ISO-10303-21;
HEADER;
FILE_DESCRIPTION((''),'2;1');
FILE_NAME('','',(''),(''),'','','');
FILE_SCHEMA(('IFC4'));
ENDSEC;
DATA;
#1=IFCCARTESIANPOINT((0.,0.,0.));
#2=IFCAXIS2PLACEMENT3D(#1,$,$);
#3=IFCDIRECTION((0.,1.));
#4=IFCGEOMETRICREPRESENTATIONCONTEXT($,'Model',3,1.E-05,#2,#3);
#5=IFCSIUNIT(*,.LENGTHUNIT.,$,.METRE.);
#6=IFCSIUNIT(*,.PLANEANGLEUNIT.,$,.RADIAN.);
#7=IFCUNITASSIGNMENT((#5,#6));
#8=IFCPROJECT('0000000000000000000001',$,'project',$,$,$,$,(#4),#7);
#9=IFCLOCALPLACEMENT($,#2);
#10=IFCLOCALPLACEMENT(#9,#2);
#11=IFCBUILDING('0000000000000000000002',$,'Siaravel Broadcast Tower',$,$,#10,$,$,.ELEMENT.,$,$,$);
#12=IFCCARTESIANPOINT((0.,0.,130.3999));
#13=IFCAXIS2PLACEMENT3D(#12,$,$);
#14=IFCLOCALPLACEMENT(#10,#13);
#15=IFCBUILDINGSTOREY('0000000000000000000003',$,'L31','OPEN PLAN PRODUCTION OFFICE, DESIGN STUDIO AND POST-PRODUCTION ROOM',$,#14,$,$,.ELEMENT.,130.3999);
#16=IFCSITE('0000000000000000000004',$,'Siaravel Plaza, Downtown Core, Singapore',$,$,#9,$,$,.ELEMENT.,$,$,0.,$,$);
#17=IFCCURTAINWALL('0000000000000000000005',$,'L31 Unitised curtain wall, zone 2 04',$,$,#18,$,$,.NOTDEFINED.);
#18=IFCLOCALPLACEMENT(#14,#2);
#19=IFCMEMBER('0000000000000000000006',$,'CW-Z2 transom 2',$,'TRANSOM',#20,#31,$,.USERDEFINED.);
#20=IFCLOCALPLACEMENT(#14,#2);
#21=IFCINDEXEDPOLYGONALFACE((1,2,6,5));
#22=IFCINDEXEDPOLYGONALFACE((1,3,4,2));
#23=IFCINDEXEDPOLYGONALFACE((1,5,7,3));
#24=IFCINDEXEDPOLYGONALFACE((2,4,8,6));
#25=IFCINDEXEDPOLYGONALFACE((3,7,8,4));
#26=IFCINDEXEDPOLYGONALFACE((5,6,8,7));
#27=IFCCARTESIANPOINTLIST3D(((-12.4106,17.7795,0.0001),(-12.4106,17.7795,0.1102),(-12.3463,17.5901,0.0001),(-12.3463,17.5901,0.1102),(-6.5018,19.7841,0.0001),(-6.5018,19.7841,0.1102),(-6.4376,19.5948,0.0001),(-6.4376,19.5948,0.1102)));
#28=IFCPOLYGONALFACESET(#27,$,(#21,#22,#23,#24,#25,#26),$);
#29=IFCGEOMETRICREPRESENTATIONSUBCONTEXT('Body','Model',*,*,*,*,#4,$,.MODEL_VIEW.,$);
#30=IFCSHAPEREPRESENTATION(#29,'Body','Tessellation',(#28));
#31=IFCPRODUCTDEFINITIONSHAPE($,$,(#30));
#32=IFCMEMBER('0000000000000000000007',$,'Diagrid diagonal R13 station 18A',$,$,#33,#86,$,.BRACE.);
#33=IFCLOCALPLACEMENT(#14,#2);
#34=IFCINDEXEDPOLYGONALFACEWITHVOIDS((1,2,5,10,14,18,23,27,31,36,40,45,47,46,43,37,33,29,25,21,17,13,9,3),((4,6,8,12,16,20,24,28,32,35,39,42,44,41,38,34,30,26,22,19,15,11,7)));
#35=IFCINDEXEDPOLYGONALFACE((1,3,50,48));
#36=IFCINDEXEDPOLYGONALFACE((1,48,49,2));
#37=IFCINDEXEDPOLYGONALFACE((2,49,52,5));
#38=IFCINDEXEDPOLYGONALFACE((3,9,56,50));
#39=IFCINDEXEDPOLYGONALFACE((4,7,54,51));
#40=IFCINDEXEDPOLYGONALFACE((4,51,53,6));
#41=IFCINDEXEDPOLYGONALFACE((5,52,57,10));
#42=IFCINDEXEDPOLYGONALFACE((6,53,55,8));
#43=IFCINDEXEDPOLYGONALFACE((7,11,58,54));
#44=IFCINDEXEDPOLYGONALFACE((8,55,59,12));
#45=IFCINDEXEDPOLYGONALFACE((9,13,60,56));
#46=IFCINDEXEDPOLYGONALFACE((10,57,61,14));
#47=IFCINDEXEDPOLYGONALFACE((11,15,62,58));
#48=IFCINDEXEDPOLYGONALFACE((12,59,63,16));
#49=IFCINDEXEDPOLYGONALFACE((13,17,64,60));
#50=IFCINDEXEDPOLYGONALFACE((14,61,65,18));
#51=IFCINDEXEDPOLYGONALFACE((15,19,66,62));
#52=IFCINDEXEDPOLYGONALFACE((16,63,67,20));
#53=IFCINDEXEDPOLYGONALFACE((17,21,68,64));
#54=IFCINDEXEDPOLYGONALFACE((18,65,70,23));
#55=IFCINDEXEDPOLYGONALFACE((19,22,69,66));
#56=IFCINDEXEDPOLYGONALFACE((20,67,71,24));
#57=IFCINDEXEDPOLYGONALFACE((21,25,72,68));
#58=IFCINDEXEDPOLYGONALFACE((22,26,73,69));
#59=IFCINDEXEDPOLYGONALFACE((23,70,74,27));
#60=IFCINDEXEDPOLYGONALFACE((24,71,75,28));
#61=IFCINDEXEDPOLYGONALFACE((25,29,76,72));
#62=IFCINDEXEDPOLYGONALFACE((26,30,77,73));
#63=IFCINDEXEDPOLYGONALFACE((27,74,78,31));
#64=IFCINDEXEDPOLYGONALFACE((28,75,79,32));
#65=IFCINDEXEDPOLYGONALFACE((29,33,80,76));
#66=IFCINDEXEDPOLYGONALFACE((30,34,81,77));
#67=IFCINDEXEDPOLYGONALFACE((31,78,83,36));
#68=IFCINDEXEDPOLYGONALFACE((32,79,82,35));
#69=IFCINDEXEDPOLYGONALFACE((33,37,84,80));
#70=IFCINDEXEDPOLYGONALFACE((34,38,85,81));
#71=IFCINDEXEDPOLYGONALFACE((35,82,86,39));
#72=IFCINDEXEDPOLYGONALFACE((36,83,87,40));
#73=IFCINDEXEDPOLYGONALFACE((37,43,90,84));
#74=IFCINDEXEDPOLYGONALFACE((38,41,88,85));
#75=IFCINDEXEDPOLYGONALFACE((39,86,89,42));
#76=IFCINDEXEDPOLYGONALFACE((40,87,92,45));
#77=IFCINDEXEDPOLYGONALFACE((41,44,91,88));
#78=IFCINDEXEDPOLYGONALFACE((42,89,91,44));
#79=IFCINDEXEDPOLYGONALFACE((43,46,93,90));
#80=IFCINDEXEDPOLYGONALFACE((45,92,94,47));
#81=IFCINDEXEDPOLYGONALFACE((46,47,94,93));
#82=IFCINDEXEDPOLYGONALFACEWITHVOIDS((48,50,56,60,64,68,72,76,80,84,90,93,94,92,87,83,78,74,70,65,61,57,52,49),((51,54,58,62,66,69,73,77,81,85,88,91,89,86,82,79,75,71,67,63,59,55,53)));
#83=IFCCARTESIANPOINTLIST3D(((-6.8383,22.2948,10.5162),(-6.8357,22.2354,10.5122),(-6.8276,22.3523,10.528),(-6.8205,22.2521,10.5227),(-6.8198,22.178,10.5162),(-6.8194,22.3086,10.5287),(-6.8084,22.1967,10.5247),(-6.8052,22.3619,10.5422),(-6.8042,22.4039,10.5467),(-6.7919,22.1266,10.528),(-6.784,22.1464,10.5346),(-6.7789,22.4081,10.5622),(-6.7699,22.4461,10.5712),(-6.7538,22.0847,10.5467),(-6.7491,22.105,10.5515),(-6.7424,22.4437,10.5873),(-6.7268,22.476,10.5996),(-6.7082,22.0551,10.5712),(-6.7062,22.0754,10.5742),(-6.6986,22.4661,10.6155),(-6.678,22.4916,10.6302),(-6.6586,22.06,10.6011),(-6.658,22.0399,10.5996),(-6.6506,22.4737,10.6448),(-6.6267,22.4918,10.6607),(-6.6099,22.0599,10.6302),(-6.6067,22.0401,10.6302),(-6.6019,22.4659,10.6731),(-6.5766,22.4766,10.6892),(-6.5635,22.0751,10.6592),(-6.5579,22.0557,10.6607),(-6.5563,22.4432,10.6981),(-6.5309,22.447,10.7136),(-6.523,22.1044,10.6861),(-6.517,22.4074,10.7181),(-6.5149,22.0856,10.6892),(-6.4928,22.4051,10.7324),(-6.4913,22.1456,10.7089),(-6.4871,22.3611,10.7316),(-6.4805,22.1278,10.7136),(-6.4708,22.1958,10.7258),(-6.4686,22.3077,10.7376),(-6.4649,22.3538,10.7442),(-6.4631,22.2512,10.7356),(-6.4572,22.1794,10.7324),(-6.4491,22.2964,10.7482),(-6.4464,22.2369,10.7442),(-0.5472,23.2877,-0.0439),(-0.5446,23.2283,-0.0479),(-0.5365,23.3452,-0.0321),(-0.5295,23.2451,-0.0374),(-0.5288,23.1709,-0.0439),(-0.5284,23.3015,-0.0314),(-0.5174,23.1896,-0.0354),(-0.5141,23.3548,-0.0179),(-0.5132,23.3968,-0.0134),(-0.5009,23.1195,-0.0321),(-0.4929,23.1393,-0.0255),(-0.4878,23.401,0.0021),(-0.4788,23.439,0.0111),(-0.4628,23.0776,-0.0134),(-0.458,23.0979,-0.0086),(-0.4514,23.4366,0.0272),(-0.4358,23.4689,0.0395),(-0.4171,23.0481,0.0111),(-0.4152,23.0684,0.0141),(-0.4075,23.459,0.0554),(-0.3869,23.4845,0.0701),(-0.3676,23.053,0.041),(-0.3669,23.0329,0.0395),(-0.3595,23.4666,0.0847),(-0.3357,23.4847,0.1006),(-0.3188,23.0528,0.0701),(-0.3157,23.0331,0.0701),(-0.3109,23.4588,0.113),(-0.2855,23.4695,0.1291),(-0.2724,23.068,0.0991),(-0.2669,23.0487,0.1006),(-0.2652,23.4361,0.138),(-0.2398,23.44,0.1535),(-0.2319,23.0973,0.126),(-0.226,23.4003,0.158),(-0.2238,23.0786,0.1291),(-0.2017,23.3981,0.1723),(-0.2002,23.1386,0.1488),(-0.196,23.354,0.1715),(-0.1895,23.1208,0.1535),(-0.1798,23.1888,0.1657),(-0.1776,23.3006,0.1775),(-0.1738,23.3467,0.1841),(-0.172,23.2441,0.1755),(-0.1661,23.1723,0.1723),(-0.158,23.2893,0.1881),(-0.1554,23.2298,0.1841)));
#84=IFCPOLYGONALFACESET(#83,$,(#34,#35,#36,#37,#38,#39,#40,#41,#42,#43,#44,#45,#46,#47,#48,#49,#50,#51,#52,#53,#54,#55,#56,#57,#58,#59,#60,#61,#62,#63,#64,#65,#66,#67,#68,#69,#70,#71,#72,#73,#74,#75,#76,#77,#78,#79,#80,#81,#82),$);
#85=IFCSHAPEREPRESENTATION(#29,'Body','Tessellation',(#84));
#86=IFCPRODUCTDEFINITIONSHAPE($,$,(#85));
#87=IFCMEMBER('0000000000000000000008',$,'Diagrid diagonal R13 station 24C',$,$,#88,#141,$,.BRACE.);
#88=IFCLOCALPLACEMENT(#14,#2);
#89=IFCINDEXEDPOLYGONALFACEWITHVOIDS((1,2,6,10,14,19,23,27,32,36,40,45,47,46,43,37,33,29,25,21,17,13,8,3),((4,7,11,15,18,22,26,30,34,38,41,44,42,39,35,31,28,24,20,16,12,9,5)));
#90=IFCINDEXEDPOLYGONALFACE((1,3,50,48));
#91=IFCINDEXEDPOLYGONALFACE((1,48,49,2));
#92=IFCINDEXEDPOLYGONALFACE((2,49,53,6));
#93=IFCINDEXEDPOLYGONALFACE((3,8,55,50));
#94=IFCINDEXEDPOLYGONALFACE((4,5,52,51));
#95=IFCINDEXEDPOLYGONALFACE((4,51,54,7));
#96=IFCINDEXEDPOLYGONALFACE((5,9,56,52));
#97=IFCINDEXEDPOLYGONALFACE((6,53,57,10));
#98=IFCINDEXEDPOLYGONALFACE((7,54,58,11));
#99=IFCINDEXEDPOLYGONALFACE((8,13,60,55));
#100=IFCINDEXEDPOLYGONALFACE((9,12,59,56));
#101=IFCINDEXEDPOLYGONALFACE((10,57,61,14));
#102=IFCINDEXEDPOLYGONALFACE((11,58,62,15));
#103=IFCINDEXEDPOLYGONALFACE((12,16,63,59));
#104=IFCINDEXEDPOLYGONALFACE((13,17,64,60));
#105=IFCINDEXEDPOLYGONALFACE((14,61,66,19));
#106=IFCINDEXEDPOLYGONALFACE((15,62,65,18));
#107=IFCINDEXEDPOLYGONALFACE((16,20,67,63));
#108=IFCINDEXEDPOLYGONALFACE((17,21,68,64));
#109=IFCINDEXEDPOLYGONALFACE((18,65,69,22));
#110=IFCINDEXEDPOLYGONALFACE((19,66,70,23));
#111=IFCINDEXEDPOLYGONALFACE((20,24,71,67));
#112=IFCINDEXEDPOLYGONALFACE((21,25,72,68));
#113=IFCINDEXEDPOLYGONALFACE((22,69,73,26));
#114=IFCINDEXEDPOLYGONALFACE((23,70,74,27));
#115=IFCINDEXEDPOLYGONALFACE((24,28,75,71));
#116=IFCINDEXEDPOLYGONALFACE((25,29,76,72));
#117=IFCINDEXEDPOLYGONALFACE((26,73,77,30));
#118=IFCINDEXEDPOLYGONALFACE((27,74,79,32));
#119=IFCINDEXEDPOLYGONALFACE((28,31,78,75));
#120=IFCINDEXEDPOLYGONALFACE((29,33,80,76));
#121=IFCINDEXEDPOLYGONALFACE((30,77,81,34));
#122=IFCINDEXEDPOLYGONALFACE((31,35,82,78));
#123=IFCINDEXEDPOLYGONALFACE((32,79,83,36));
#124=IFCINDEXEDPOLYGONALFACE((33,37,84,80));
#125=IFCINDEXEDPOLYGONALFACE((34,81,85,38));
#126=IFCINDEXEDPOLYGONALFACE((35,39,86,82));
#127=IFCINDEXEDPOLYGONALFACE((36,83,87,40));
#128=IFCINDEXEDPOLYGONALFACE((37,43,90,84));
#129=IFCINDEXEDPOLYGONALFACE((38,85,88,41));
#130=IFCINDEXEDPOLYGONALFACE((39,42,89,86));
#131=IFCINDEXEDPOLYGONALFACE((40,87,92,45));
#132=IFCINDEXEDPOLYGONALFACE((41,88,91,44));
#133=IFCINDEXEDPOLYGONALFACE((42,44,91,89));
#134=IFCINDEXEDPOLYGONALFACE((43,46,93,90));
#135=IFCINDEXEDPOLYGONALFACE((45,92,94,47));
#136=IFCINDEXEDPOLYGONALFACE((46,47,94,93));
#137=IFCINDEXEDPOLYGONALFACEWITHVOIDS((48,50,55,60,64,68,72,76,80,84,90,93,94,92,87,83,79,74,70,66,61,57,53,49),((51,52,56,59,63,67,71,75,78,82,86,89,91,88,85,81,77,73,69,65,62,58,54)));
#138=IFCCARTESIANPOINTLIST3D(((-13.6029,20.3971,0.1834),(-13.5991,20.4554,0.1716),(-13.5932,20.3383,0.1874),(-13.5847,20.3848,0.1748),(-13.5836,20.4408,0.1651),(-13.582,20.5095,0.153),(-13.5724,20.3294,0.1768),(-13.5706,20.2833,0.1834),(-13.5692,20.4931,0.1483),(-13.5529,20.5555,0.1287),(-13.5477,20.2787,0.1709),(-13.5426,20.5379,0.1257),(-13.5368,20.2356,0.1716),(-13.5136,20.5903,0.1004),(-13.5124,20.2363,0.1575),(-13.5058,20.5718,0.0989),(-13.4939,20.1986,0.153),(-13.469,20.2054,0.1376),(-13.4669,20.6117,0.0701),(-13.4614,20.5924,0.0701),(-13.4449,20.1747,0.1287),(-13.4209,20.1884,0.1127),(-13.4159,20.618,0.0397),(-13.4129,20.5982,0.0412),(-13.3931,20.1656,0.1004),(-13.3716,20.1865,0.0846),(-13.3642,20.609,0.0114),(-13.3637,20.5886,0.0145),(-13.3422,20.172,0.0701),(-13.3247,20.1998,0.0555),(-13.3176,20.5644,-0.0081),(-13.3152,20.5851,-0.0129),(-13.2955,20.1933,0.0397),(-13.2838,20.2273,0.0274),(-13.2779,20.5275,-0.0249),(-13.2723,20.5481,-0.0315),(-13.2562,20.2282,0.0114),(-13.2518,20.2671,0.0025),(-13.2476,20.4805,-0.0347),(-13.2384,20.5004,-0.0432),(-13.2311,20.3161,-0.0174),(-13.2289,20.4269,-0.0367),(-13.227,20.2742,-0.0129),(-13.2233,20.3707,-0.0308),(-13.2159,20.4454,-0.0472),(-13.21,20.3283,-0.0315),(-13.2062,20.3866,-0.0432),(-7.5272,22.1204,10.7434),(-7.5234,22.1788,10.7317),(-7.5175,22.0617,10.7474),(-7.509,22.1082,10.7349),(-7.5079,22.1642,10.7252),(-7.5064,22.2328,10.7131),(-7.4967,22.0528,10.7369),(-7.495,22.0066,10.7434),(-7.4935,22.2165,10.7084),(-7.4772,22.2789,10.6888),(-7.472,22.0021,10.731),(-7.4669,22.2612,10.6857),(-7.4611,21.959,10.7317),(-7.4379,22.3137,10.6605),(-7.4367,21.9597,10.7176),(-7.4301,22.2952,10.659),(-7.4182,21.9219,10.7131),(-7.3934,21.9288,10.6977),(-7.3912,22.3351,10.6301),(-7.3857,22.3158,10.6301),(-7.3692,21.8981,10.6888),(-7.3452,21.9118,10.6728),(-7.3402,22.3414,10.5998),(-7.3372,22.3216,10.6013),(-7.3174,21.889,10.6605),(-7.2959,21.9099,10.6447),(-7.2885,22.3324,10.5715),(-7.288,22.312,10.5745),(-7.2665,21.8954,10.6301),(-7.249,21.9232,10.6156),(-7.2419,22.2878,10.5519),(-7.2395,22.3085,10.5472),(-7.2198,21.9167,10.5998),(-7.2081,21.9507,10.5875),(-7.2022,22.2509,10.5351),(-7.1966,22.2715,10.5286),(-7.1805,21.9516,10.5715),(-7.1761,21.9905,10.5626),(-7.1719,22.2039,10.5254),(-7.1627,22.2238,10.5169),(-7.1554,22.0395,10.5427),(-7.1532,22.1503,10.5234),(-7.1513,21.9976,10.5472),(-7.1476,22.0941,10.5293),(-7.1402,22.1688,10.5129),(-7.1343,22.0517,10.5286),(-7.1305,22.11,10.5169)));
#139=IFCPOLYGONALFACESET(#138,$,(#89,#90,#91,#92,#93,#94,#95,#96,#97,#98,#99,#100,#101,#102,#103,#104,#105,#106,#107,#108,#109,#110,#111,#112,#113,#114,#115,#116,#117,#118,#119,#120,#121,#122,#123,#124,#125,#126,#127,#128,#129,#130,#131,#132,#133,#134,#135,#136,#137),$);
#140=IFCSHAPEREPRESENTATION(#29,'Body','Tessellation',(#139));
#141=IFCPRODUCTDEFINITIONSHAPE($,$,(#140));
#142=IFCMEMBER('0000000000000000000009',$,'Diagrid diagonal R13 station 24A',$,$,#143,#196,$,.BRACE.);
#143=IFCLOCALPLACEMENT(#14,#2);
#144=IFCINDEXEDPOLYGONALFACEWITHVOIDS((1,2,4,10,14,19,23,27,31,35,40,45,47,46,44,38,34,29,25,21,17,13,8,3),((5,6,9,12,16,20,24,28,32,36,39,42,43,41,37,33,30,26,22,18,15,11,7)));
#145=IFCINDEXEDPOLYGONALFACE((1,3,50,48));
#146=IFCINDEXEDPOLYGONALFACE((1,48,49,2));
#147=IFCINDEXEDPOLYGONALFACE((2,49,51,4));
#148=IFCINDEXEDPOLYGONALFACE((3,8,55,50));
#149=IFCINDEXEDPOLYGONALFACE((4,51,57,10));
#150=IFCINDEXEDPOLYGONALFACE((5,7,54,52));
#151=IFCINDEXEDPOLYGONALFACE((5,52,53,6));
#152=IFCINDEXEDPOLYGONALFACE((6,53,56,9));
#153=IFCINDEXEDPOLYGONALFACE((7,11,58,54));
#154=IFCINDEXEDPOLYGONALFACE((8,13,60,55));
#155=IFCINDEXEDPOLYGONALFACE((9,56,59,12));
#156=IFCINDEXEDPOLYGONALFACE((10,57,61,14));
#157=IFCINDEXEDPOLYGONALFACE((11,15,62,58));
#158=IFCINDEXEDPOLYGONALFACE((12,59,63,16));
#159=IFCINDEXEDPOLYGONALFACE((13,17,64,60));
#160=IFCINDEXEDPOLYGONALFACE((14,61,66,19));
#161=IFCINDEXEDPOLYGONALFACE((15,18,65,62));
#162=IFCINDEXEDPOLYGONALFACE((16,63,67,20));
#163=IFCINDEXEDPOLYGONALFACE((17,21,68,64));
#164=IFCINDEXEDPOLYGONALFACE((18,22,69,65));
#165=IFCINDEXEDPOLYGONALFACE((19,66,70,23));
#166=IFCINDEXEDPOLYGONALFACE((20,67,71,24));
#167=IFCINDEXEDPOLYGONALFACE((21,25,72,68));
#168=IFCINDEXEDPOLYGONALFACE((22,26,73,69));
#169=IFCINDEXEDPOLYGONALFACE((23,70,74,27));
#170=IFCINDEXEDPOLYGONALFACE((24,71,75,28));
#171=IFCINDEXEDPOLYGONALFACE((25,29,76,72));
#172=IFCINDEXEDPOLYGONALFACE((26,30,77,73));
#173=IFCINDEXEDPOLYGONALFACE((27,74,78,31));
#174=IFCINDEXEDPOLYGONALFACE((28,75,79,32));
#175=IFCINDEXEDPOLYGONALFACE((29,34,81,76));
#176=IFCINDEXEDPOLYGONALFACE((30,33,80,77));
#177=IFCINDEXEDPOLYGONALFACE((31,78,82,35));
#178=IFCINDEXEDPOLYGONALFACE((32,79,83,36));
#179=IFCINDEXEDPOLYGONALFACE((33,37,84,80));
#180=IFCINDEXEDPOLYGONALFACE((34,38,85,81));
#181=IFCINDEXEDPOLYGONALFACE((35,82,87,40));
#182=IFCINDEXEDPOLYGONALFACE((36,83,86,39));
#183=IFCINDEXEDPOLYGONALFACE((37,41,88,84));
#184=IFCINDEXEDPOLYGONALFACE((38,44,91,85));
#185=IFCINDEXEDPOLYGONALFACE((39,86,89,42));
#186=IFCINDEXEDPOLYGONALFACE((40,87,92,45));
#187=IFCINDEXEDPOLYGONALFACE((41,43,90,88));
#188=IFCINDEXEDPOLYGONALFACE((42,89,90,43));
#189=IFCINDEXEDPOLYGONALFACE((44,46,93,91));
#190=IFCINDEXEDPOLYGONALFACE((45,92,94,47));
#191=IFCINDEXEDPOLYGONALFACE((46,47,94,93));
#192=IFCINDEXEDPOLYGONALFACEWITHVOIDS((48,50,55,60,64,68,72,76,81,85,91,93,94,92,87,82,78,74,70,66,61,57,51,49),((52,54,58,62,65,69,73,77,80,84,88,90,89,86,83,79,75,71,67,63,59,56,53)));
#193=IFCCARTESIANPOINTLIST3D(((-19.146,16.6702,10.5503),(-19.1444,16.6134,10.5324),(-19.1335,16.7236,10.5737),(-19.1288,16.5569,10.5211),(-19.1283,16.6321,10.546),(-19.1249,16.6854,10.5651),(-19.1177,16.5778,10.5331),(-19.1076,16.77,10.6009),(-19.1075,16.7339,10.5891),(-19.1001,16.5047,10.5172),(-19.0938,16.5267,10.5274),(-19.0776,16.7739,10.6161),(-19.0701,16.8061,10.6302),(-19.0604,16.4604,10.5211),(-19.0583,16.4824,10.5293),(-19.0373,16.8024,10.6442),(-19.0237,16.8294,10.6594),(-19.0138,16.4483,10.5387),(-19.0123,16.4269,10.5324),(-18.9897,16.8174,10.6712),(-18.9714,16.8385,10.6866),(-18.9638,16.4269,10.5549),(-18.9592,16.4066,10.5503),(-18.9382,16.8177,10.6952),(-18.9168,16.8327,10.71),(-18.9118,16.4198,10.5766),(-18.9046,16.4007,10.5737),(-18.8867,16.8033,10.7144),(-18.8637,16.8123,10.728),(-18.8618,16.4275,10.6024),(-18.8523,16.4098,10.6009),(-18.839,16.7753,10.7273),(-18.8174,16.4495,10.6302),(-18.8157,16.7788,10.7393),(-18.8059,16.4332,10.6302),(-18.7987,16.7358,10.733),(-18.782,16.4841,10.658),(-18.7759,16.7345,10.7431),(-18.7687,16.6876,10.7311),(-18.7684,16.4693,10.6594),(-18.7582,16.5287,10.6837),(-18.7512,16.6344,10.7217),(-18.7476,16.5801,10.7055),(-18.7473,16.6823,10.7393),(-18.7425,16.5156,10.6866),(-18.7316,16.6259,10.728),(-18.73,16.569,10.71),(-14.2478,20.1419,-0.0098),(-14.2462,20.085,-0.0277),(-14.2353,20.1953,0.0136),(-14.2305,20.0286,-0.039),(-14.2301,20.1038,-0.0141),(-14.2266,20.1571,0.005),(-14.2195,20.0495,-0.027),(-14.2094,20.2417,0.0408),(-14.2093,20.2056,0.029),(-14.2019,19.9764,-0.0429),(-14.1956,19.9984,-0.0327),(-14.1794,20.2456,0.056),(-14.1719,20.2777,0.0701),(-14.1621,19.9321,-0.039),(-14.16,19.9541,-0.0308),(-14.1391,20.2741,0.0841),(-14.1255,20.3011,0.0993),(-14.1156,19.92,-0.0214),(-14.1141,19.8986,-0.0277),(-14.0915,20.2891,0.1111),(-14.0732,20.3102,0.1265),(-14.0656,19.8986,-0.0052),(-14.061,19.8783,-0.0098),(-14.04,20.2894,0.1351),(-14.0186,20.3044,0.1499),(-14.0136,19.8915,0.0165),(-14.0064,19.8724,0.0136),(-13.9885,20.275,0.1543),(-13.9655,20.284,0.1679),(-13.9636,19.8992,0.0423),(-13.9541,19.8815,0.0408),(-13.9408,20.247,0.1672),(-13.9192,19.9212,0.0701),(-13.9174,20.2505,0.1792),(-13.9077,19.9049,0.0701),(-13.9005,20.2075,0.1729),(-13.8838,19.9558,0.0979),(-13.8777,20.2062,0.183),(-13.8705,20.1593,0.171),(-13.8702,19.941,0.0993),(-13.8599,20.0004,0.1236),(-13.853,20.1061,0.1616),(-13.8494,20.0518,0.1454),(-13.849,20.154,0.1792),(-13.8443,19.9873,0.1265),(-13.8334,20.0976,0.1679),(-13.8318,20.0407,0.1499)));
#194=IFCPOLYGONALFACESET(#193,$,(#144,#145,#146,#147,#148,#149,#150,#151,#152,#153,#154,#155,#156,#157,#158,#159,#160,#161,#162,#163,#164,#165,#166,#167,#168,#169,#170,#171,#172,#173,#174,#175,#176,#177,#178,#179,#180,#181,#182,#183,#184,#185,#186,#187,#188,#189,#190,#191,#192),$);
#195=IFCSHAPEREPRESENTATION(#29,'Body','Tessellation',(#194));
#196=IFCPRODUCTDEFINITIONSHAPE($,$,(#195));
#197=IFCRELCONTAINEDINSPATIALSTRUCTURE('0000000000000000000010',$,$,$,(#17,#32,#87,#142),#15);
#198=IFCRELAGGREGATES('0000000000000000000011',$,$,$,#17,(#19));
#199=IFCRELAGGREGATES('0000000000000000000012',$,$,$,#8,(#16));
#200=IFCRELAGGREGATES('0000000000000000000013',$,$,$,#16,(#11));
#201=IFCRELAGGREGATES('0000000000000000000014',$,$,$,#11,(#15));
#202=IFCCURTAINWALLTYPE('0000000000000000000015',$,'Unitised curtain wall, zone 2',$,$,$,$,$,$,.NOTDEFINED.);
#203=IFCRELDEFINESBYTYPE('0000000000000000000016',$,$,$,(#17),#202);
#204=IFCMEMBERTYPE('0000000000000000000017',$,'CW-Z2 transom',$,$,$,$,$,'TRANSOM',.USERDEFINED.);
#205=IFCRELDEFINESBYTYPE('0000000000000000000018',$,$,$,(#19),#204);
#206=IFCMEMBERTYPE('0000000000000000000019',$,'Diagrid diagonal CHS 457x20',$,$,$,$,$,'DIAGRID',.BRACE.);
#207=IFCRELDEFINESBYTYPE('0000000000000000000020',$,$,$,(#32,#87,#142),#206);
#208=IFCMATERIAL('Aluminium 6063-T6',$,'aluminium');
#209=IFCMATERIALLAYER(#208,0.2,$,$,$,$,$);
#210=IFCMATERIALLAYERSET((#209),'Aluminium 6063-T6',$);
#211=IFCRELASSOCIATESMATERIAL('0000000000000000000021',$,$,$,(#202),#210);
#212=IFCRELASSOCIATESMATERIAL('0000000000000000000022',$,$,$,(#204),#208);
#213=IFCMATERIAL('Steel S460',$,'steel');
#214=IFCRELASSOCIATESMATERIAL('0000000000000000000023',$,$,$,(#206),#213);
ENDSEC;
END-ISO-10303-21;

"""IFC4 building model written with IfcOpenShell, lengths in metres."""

from ifc_helpers import new_model, si_unit, direction, frame, origin, origin_2d, place, context, subcontext, project, spatial, rectangle, hollow_circle, extrude, material, layer, layer_set, material_profile, profile_set, type_object, element, aggregate, save


model = new_model("IFC4")

# Units and contexts
model_context = context("Model", 3, precision=1e-05, world=origin(), true_north=direction((0.0, 1.0)))
body_context = subcontext(model_context, "Body", "Model", "MODEL_VIEW")
ifc_project = project(units=[si_unit("LENGTHUNIT", "METRE"), si_unit("PLANEANGLEUNIT", "RADIAN")], contexts=[model_context])

# Site, building, storey
site_placement = place(None, origin())
site = spatial("IfcSite", under=ifc_project, at=site_placement, Name="Siaravel Plaza, Downtown Core, Singapore", CompositionType="ELEMENT", RefElevation=0.0)
building_placement = place(site_placement, origin())
building = spatial("IfcBuilding", under=site, at=building_placement, Name="Siaravel Broadcast Tower", CompositionType="ELEMENT")
storey_placement = place(building_placement, frame((0.0, 0.0, 130.3999)))
storey = spatial("IfcBuildingStorey", under=building, at=storey_placement, Name="L31", Description="OPEN PLAN PRODUCTION OFFICE, DESIGN STUDIO AND POST-PRODUCTION ROOM", CompositionType="ELEMENT", Elevation=130.3999)

# Curtain wall, member
ifc_material_1 = material(Name="Aluminium 6063-T6", Category="aluminium")
ifc_layer_1 = layer(ifc_material_1, 0.2)
ifc_layer_set_1 = layer_set([ifc_layer_1], Name="Aluminium 6063-T6")
curtain_wall_type = type_object("IfcCurtainWallType", Name="Unitised curtain wall, zone 2", PredefinedType="NOTDEFINED", material=ifc_layer_set_1)
curtain_wall_placement = place(storey_placement, origin())
curtain_wall = element("IfcCurtainWall", 1, at=curtain_wall_placement, inside=storey, type_object=curtain_wall_type, Name="L31 Unitised curtain wall, zone 2 04", PredefinedType="NOTDEFINED")
ifc_material_profile_1 = material_profile(ifc_material_1, rectangle(XDim=0.2, YDim=0.1101, at=origin_2d()))
ifc_profile_set_1 = profile_set([ifc_material_profile_1], Name="Aluminium 6063-T6")
member_type_1 = type_object("IfcMemberType", Name="CW-Z2 transom", ElementType="TRANSOM", PredefinedType="USERDEFINED", material=ifc_profile_set_1)
member_1_placement = place(storey_placement, frame((-6.4697, 19.6895, 0.0552), z_axis=(-0.946983, -0.321283, 0.0), x_axis=(0.321283, -0.946983, 0.0)))
member_1 = element("IfcMember", 2, at=member_1_placement, type_object=member_type_1, Name="CW-Z2 transom 2", ObjectType="TRANSOM", PredefinedType="USERDEFINED", context=body_context, shape_type="SweptSolid", body=[
    extrude(rectangle(XDim=0.2, YDim=0.1101, at=origin_2d()), origin(), (0.0, 0.0, 1.0), 6.2395),
])

# Members
ifc_material_2 = material(Name="Steel S460", Category="steel")
ifc_material_profile_2 = material_profile(ifc_material_2, hollow_circle(Radius=0.2285, WallThickness=0.02, at=origin_2d()))
ifc_profile_set_2 = profile_set([ifc_material_profile_2], Name="Steel S460")
member_type_2 = type_object("IfcMemberType", Name="Diagrid diagonal CHS 457x20", ElementType="DIAGRID", PredefinedType="BRACE", material=ifc_profile_set_2)
member_2_placement = place(storey_placement, frame((-0.3513, 23.2588, 0.0701), z_axis=(-0.510139, -0.080516, 0.856315), x_axis=(0.155902, -0.987773, 0.0)))
element("IfcMember", 3, at=member_2_placement, inside=storey, type_object=member_type_2, Name="Diagrid diagonal R13 station 18A", PredefinedType="BRACE", context=body_context, shape_type="SweptSolid", body=[
    extrude(hollow_circle(Radius=0.2285, WallThickness=0.02, at=origin_2d()), origin(), (0.0, 0.0, 1.0), 12.332),
])
member_3_placement = place(storey_placement, frame((-13.4045, 20.3918, 0.0701), z_axis=(0.49378, 0.140063, 0.858233), x_axis=(-0.272888, 0.962046, 0.0)))
element("IfcMember", 4, at=member_3_placement, inside=storey, type_object=member_type_2, Name="Diagrid diagonal R13 station 24C", PredefinedType="BRACE", context=body_context, shape_type="SweptSolid", body=[
    extrude(hollow_circle(Radius=0.2285, WallThickness=0.02, at=origin_2d()), origin(), (0.0, 0.0, 1.0), 12.3044),
])
member_4_placement = place(storey_placement, frame((-14.0398, 20.0913, 0.0701), z_axis=(-0.403229, -0.285796, 0.869326), x_axis=(0.578253, -0.815857, 0.0)))
element("IfcMember", 5, at=member_4_placement, inside=storey, type_object=member_type_2, Name="Diagrid diagonal R13 station 24A", PredefinedType="BRACE", context=body_context, shape_type="SweptSolid", body=[
    extrude(hollow_circle(Radius=0.2285, WallThickness=0.02, at=origin_2d()), origin(), (0.0, 0.0, 1.0), 12.1475),
])

aggregate(curtain_wall, [member_1])

save(model, "model.ifc")
